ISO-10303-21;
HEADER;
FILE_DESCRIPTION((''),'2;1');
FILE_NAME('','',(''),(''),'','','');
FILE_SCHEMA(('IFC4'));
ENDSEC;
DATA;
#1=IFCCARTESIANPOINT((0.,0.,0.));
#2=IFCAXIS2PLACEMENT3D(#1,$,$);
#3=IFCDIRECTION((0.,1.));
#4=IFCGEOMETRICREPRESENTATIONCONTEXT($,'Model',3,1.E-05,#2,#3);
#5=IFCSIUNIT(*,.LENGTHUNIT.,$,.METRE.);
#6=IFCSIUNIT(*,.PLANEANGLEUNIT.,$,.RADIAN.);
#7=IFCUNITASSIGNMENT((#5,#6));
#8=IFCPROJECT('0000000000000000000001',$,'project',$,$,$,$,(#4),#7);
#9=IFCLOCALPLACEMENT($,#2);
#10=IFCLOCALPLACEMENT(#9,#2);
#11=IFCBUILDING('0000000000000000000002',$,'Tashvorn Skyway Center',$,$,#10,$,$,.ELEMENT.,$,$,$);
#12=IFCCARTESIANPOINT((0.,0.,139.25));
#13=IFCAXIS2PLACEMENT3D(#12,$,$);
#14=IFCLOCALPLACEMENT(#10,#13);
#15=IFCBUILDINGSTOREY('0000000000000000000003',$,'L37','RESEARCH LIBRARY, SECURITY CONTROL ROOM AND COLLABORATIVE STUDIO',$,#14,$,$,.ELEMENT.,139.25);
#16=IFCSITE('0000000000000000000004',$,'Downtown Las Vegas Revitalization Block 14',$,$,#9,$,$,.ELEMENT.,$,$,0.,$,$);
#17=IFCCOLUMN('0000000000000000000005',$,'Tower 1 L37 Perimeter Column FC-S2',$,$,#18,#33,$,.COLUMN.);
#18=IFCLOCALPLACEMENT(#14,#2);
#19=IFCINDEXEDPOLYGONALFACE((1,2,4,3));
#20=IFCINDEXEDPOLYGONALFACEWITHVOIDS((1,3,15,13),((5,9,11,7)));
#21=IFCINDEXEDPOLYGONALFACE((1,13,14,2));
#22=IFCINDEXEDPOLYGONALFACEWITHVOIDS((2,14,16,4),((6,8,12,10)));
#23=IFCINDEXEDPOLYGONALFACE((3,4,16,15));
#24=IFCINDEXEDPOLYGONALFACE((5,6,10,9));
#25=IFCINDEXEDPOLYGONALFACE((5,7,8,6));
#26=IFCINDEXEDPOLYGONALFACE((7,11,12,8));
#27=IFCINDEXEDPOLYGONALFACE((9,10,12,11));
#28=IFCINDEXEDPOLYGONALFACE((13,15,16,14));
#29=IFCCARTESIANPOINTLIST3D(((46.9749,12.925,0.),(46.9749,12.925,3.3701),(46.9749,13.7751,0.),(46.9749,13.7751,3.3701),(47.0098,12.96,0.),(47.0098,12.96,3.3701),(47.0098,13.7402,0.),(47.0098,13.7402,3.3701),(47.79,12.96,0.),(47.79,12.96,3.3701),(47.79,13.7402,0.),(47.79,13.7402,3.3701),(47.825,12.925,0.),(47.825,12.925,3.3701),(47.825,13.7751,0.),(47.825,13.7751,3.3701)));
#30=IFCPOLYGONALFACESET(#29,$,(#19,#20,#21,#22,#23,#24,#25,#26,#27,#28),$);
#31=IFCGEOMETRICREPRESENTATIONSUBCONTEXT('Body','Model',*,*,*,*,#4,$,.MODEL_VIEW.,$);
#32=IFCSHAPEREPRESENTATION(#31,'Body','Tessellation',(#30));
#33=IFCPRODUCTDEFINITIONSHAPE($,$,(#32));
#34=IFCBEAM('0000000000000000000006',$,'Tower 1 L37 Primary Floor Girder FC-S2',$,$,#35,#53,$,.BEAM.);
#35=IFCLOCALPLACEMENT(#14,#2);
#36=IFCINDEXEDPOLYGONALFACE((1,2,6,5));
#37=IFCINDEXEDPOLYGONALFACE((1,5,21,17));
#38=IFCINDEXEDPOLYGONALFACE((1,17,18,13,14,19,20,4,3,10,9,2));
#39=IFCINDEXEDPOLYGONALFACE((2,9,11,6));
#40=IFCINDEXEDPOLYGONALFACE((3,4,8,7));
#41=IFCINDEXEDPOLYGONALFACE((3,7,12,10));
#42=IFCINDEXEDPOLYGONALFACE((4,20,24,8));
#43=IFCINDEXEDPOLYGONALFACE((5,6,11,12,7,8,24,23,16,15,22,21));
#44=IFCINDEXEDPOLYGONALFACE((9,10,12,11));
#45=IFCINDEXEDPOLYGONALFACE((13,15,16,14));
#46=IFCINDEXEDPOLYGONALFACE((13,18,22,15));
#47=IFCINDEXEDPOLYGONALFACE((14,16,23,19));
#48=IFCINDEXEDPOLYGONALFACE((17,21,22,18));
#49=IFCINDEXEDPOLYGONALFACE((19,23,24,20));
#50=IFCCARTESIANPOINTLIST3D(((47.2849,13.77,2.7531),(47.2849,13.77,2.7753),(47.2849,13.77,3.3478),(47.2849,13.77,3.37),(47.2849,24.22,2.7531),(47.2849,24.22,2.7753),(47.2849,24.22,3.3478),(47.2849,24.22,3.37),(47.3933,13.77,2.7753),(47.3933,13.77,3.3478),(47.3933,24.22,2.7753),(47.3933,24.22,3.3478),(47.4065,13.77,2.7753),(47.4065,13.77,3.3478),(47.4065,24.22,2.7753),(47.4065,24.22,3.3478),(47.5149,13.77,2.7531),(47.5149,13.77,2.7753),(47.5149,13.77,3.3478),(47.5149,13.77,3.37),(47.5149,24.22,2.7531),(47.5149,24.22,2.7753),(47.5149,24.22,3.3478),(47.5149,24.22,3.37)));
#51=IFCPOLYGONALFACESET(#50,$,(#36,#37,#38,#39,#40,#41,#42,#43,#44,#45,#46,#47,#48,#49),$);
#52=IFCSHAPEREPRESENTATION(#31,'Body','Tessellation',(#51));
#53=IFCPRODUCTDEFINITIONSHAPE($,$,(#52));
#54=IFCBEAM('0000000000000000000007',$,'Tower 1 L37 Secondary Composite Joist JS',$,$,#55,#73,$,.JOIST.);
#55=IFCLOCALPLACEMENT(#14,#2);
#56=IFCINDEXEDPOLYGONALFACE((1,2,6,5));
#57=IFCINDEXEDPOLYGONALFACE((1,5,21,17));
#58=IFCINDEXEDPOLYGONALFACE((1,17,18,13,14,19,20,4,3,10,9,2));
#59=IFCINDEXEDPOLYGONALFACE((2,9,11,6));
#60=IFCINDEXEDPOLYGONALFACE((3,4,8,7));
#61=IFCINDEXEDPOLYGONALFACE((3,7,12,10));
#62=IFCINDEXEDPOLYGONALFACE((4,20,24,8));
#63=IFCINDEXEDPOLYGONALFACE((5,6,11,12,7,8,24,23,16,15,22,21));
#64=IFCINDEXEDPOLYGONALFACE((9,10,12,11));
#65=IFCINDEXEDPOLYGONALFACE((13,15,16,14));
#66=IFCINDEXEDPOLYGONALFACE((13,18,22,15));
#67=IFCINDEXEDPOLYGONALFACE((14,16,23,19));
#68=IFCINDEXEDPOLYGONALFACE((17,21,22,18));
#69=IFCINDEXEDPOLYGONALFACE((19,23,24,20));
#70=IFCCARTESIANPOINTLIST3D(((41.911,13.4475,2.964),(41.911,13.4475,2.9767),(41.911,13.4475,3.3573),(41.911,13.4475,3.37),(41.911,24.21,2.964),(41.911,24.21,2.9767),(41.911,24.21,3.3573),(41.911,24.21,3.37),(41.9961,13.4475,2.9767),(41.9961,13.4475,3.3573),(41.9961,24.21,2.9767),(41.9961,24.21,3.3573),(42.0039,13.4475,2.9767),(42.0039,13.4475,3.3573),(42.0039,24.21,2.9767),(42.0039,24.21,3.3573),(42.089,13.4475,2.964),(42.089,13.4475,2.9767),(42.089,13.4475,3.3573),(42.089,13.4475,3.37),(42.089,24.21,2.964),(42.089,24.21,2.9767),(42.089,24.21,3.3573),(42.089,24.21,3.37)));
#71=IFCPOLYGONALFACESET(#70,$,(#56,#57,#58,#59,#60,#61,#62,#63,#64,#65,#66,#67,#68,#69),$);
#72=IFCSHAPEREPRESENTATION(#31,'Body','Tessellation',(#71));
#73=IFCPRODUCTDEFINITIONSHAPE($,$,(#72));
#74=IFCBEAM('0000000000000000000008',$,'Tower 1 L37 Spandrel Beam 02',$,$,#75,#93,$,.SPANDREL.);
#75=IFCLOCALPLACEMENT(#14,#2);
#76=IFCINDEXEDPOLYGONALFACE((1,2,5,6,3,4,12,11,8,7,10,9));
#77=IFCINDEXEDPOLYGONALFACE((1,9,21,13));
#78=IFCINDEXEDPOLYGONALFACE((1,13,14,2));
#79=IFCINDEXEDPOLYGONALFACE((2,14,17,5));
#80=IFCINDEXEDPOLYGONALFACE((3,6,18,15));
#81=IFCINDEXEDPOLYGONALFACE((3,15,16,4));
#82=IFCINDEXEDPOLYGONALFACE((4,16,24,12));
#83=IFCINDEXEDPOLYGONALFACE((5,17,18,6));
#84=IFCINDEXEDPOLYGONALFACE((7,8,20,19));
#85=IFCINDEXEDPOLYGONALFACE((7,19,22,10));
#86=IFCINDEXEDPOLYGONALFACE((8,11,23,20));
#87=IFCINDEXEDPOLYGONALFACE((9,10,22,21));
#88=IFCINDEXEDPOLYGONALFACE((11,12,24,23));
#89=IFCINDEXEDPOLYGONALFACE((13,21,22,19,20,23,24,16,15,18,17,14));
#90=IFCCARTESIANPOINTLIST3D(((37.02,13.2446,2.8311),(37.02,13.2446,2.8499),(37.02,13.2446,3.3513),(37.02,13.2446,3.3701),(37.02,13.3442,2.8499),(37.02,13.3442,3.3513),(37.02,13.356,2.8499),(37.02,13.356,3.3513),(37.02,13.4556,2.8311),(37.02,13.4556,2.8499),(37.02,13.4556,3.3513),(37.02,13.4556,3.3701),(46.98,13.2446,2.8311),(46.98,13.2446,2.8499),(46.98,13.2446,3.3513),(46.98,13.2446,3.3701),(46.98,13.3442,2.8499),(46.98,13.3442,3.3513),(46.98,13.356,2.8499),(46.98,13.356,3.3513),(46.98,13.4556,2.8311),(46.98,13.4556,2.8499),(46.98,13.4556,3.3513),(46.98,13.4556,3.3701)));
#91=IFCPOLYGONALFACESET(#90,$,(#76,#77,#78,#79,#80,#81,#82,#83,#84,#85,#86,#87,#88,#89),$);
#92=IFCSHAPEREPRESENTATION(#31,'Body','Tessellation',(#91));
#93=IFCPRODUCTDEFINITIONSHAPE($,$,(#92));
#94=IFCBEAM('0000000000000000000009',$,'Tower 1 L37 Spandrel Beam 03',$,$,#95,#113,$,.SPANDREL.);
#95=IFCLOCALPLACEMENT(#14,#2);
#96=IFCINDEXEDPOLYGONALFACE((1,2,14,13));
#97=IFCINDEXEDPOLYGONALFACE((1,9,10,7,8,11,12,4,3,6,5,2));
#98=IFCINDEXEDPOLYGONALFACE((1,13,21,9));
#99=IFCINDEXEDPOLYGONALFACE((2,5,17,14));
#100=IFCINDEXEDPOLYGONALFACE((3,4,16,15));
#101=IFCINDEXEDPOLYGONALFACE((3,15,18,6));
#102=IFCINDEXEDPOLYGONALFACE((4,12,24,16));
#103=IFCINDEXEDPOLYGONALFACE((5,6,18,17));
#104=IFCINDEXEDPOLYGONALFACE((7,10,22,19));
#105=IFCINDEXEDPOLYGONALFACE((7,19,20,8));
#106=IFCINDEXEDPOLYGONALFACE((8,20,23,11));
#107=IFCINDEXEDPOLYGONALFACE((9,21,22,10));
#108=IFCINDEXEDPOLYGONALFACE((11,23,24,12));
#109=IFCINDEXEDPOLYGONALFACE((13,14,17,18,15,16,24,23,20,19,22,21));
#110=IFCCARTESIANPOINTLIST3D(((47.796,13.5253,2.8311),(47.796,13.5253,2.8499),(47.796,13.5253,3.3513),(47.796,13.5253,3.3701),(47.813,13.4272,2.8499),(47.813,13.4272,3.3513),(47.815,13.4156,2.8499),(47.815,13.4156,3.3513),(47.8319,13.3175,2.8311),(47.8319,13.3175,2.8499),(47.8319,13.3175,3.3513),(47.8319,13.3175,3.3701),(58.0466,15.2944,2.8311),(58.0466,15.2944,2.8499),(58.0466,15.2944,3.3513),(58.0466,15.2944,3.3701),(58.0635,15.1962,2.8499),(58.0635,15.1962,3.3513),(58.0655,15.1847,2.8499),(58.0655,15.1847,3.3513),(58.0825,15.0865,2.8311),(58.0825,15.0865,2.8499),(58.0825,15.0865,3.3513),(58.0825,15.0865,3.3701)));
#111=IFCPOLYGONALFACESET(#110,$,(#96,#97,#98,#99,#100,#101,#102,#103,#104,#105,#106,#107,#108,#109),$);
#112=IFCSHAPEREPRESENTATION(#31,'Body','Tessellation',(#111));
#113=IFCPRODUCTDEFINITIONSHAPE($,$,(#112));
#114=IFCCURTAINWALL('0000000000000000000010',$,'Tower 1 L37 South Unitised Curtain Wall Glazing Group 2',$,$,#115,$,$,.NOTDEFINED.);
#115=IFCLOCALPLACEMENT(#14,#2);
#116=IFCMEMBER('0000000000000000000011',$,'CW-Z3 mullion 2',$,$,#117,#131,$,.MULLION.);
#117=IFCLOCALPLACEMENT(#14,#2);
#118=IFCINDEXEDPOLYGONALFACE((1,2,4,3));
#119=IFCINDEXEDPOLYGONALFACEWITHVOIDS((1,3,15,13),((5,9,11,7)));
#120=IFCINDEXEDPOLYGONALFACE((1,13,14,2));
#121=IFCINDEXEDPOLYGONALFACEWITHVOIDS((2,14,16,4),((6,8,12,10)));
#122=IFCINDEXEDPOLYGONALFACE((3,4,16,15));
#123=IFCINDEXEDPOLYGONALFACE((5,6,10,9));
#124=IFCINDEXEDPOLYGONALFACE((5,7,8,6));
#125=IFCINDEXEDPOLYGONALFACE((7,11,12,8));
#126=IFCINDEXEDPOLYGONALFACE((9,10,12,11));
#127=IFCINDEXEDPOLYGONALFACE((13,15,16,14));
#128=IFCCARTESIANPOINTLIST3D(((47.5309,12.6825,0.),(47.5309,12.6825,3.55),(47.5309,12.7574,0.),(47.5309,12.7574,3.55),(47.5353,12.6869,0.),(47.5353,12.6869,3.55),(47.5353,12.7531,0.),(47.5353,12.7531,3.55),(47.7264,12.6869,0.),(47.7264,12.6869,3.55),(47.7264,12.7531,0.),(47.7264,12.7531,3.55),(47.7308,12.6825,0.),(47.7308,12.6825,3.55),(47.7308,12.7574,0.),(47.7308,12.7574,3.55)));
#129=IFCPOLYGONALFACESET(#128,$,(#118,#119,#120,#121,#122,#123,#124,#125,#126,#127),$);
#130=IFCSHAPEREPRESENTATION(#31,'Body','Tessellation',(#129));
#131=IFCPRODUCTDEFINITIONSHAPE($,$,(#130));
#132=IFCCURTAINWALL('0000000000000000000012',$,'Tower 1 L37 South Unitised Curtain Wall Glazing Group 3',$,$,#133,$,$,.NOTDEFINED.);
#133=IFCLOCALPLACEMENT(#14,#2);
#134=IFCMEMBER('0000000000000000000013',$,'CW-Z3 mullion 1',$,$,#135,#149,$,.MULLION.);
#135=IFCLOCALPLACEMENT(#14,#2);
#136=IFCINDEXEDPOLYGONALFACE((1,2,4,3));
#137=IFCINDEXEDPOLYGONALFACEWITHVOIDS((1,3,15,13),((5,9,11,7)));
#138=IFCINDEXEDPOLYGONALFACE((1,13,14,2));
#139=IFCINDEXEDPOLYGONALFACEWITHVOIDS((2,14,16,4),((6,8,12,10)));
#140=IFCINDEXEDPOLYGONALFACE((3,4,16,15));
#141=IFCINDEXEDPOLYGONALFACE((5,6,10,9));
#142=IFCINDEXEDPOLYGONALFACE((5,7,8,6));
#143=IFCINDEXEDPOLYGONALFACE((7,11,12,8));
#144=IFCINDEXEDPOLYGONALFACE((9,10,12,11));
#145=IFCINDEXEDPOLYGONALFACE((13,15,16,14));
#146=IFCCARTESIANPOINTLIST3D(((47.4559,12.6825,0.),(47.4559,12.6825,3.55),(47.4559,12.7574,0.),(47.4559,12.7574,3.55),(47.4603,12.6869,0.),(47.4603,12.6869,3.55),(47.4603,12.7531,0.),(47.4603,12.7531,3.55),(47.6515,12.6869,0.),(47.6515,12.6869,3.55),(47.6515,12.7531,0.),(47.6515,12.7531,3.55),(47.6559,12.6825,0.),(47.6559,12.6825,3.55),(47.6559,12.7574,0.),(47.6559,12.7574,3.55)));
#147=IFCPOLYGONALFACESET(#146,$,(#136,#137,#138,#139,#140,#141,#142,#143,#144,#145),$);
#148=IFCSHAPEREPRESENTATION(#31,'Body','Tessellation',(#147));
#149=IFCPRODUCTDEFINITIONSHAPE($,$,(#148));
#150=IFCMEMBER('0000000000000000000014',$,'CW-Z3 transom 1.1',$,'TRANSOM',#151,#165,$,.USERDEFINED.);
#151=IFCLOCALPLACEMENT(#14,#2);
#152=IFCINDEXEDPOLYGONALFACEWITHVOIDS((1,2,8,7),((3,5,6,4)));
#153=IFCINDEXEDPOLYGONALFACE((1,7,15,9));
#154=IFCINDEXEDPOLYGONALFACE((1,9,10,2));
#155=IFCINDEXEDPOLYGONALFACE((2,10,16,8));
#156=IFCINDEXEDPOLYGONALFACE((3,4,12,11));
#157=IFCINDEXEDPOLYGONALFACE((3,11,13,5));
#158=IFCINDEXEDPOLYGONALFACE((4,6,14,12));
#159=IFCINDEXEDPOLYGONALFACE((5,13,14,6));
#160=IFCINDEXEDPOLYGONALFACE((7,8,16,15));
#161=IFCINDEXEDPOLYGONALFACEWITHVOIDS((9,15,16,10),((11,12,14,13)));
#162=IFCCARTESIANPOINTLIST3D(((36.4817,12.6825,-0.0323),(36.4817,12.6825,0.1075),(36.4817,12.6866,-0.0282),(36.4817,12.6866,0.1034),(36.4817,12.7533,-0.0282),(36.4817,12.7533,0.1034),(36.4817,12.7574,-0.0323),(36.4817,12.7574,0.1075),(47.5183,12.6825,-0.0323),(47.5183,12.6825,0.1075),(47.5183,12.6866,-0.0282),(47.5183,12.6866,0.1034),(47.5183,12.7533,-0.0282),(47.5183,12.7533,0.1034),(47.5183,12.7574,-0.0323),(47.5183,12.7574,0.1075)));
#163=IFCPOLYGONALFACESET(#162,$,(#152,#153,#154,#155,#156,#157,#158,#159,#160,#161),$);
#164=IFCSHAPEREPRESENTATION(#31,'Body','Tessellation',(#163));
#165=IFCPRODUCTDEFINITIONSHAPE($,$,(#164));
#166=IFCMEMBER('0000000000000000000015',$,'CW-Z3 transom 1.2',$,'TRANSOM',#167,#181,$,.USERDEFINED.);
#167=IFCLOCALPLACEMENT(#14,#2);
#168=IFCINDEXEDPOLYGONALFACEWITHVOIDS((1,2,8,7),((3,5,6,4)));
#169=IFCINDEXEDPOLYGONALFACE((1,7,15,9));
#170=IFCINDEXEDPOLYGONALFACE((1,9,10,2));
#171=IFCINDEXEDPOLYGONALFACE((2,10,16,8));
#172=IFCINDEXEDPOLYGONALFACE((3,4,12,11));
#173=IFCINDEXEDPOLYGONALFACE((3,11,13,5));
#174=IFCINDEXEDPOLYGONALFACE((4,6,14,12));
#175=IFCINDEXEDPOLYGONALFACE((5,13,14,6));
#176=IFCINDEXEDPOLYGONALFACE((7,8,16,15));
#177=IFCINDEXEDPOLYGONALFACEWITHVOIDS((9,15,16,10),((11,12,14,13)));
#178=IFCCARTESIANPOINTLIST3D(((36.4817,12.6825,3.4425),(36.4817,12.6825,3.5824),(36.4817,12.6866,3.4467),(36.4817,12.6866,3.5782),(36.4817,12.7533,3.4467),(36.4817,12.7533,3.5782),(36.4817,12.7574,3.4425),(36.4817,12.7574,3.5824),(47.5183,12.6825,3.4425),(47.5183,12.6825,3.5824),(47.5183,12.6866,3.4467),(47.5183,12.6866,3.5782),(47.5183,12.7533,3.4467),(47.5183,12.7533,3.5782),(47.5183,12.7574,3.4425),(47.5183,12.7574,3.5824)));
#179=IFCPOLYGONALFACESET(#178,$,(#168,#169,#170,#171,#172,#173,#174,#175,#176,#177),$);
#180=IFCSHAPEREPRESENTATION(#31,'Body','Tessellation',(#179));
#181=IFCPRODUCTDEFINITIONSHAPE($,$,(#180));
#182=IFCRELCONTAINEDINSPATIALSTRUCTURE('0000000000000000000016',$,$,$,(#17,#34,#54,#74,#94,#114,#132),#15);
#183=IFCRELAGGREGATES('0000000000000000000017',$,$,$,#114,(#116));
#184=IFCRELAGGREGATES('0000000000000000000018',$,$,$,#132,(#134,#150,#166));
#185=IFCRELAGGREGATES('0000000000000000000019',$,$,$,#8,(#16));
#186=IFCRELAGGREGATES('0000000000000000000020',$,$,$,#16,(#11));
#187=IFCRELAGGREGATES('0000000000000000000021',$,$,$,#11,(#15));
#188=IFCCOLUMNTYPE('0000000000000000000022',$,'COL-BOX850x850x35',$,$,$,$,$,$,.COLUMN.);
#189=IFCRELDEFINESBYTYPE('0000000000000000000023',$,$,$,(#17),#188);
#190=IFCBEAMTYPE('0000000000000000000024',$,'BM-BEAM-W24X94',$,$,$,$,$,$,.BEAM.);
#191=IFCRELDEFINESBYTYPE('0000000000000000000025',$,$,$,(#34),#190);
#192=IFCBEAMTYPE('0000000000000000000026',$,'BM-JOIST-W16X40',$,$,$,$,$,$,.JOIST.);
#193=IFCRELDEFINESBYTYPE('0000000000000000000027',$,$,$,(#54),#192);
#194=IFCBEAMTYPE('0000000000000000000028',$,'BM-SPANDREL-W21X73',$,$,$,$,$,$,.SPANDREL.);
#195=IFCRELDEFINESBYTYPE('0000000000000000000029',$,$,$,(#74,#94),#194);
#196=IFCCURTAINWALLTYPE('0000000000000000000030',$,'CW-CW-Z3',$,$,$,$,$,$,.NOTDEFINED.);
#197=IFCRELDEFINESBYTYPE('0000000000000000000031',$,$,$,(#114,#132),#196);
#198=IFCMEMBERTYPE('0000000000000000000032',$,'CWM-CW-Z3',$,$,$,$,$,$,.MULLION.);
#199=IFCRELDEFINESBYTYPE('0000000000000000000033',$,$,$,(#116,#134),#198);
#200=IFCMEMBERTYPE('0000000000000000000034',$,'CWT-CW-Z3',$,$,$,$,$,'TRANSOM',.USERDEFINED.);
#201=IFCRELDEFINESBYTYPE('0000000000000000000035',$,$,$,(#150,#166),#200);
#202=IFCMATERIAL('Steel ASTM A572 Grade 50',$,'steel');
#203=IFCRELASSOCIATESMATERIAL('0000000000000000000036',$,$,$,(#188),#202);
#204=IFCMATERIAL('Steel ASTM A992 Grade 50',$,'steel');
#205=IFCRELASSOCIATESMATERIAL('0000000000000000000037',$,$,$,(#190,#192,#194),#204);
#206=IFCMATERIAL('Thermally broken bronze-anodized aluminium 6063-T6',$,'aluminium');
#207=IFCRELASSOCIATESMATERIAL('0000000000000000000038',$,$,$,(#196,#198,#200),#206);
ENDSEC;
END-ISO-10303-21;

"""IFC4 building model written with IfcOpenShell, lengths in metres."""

from ifc_helpers import new_model, si_unit, direction, frame, origin, origin_2d, place, context, subcontext, project, spatial, hollow_rectangle, i_section, extrude, material, material_profile, profile_set, type_object, element, aggregate, save


model = new_model("IFC4")

# Units and contexts
model_context = context("Model", 3, precision=1e-05, world=origin(), true_north=direction((0.0, 1.0)))
body_context = subcontext(model_context, "Body", "Model", "MODEL_VIEW")
ifc_project = project(units=[si_unit("LENGTHUNIT", "METRE"), si_unit("PLANEANGLEUNIT", "RADIAN")], contexts=[model_context])

# Site, building, storey
site_placement = place(None, origin())
site = spatial("IfcSite", under=ifc_project, at=site_placement, Name="Downtown Las Vegas Revitalization Block 14", CompositionType="ELEMENT", RefElevation=0.0)
building_placement = place(site_placement, origin())
building = spatial("IfcBuilding", under=site, at=building_placement, Name="Tashvorn Skyway Center", CompositionType="ELEMENT")
storey_placement = place(building_placement, frame((0.0, 0.0, 139.25)))
storey = spatial("IfcBuildingStorey", under=building, at=storey_placement, Name="L37", Description="RESEARCH LIBRARY, SECURITY CONTROL ROOM AND COLLABORATIVE STUDIO", CompositionType="ELEMENT", Elevation=139.25)

# Column
ifc_material_1 = material(Name="Steel ASTM A572 Grade 50", Category="steel")
ifc_material_profile_1 = material_profile(ifc_material_1, hollow_rectangle(XDim=0.8501, YDim=0.8501, WallThickness=0.0349, at=origin_2d()), Name="BOX850x850x35")
ifc_profile_set_1 = profile_set([ifc_material_profile_1], Name="Steel ASTM A572 Grade 50")
column_type = type_object("IfcColumnType", Name="COL-BOX850x850x35", PredefinedType="COLUMN", material=ifc_profile_set_1)
column_placement = place(storey_placement, frame((47.3999, 13.3501, 0.0), z_axis=(0.0, 0.0, 1.0), x_axis=(1.0, 0.0, 0.0)))
element("IfcColumn", 1, at=column_placement, inside=storey, type_object=column_type, Name="Tower 1 L37 Perimeter Column FC-S2", PredefinedType="COLUMN", context=body_context, shape_type="SweptSolid", body=[
    extrude(hollow_rectangle(XDim=0.8501, YDim=0.8501, WallThickness=0.0349, at=origin_2d()), origin(), (0.0, 0.0, 1.0), 3.3701),
])

# Beams
ifc_material_2 = material(Name="Steel ASTM A992 Grade 50", Category="steel")
ifc_material_profile_2 = material_profile(ifc_material_2, i_section(OverallWidth=0.23, OverallDepth=0.6169, WebThickness=0.0132, FlangeThickness=0.0222, at=origin_2d()), Name="W24X94")
ifc_profile_set_2 = profile_set([ifc_material_profile_2], Name="Steel ASTM A992 Grade 50")
beam_type_1 = type_object("IfcBeamType", Name="BM-BEAM-W24X94", PredefinedType="BEAM", material=ifc_profile_set_2)
beam_1_placement = place(storey_placement, frame((47.3999, 13.77, 3.0615), z_axis=(0.0, 1.0, 0.0), x_axis=(-1.0, 0.0, 0.0)))
element("IfcBeam", 2, at=beam_1_placement, inside=storey, type_object=beam_type_1, Name="Tower 1 L37 Primary Floor Girder FC-S2", PredefinedType="BEAM", context=body_context, shape_type="SweptSolid", body=[
    extrude(i_section(OverallWidth=0.23, OverallDepth=0.6169, WebThickness=0.0132, FlangeThickness=0.0222, at=origin_2d()), origin(), (0.0, 0.0, 1.0), 10.45),
])
ifc_material_profile_3 = material_profile(ifc_material_2, i_section(OverallWidth=0.178, OverallDepth=0.406, WebThickness=0.0078, FlangeThickness=0.0127, at=origin_2d()), Name="W16X40")
ifc_profile_set_3 = profile_set([ifc_material_profile_3], Name="Steel ASTM A992 Grade 50")
beam_type_2 = type_object("IfcBeamType", Name="BM-JOIST-W16X40", PredefinedType="JOIST", material=ifc_profile_set_3)
beam_2_placement = place(storey_placement, frame((42.0, 24.21, 3.167), z_axis=(0.0, -1.0, 0.0), x_axis=(1.0, 0.0, 0.0)))
element("IfcBeam", 3, at=beam_2_placement, inside=storey, type_object=beam_type_2, Name="Tower 1 L37 Secondary Composite Joist JS", PredefinedType="JOIST", context=body_context, shape_type="SweptSolid", body=[
    extrude(i_section(OverallWidth=0.178, OverallDepth=0.406, WebThickness=0.0078, FlangeThickness=0.0127, at=origin_2d()), origin(), (0.0, 0.0, 1.0), 10.7625),
])
ifc_material_profile_4 = material_profile(ifc_material_2, i_section(OverallWidth=0.2109, OverallDepth=0.5391, WebThickness=0.0117, FlangeThickness=0.0188, at=origin_2d()), Name="W21X73")
ifc_profile_set_4 = profile_set([ifc_material_profile_4], Name="Steel ASTM A992 Grade 50")
beam_type_3 = type_object("IfcBeamType", Name="BM-SPANDREL-W21X73", PredefinedType="SPANDREL", material=ifc_profile_set_4)
beam_3_placement = place(storey_placement, frame((37.02, 13.3501, 3.1006), z_axis=(1.0, 0.0, 0.0), x_axis=(0.0, 1.0, 0.0)))
element("IfcBeam", 4, at=beam_3_placement, inside=storey, type_object=beam_type_3, Name="Tower 1 L37 Spandrel Beam 02", PredefinedType="SPANDREL", context=body_context, shape_type="SweptSolid", body=[
    extrude(i_section(OverallWidth=0.2109, OverallDepth=0.5391, WebThickness=0.0117, FlangeThickness=0.0188, at=origin_2d()), origin(), (0.0, 0.0, 1.0), 9.96),
])
beam_4_placement = place(storey_placement, frame((47.814, 13.4214, 3.1006), z_axis=(0.985432, 0.170067, 0.0), x_axis=(-0.170067, 0.985432, 0.0)))
element("IfcBeam", 5, at=beam_4_placement, inside=storey, type_object=beam_type_3, Name="Tower 1 L37 Spandrel Beam 03", PredefinedType="SPANDREL", context=body_context, shape_type="SweptSolid", body=[
    extrude(i_section(OverallWidth=0.2109, OverallDepth=0.5391, WebThickness=0.0117, FlangeThickness=0.0188, at=origin_2d()), origin(), (0.0, 0.0, 1.0), 10.4021),
])

# Curtain wall, member
ifc_material_3 = material(Name="Thermally broken bronze-anodized aluminium 6063-T6", Category="aluminium")
curtain_wall_type = type_object("IfcCurtainWallType", Name="CW-CW-Z3", PredefinedType="NOTDEFINED", material=ifc_material_3)
curtain_wall_1_placement = place(storey_placement, origin())
curtain_wall_1 = element("IfcCurtainWall", 6, at=curtain_wall_1_placement, inside=storey, type_object=curtain_wall_type, Name="Tower 1 L37 South Unitised Curtain Wall Glazing Group 2", PredefinedType="NOTDEFINED")
ifc_material_profile_5 = material_profile(ifc_material_3, hollow_rectangle(XDim=0.075, YDim=0.2, WallThickness=0.0044, at=origin_2d()), Name="ALU-MULL-75x200")
ifc_profile_set_5 = profile_set([ifc_material_profile_5], Name="Thermally broken bronze-anodized aluminium 6063-T6")
member_type_1 = type_object("IfcMemberType", Name="CWM-CW-Z3", PredefinedType="MULLION", material=ifc_profile_set_5)
member_1_placement = place(storey_placement, frame((47.6309, 12.72, 0.0), z_axis=(0.0, 0.0, 1.0), x_axis=(0.0, -1.0, 0.0)))
member_1 = element("IfcMember", 7, at=member_1_placement, type_object=member_type_1, Name="CW-Z3 mullion 2", PredefinedType="MULLION", context=body_context, shape_type="SweptSolid", body=[
    extrude(hollow_rectangle(XDim=0.075, YDim=0.2, WallThickness=0.0044, at=origin_2d()), origin(), (0.0, 0.0, 1.0), 3.55),
])
aggregate(curtain_wall_1, [member_1])

# Curtain wall, members
curtain_wall_2_placement = place(storey_placement, origin())
curtain_wall_2 = element("IfcCurtainWall", 8, at=curtain_wall_2_placement, inside=storey, type_object=curtain_wall_type, Name="Tower 1 L37 South Unitised Curtain Wall Glazing Group 3", PredefinedType="NOTDEFINED")
member_2_placement = place(storey_placement, frame((47.5559, 12.72, 0.0), z_axis=(0.0, 0.0, 1.0), x_axis=(0.0, -1.0, 0.0)))
member_2 = element("IfcMember", 9, at=member_2_placement, type_object=member_type_1, Name="CW-Z3 mullion 1", PredefinedType="MULLION", context=body_context, shape_type="SweptSolid", body=[
    extrude(hollow_rectangle(XDim=0.075, YDim=0.2, WallThickness=0.0044, at=origin_2d()), origin(), (0.0, 0.0, 1.0), 3.55),
])
ifc_material_profile_6 = material_profile(ifc_material_3, hollow_rectangle(XDim=0.075, YDim=0.1399, WallThickness=0.0042, at=origin_2d()), Name="ALU-TRAN-75x140")
ifc_profile_set_6 = profile_set([ifc_material_profile_6], Name="Thermally broken bronze-anodized aluminium 6063-T6")
member_type_2 = type_object("IfcMemberType", Name="CWT-CW-Z3", ElementType="TRANSOM", PredefinedType="USERDEFINED", material=ifc_profile_set_6)
member_3_placement = place(storey_placement, frame((47.5183, 12.72, 0.0376), z_axis=(-1.0, 0.0, 0.0), x_axis=(0.0, -1.0, 0.0)))
member_3 = element("IfcMember", 10, at=member_3_placement, type_object=member_type_2, Name="CW-Z3 transom 1.1", ObjectType="TRANSOM", PredefinedType="USERDEFINED", context=body_context, shape_type="SweptSolid", body=[
    extrude(hollow_rectangle(XDim=0.075, YDim=0.1399, WallThickness=0.0042, at=origin_2d()), origin(), (0.0, 0.0, 1.0), 11.0366),
])
member_4_placement = place(storey_placement, frame((47.5183, 12.72, 3.5125), z_axis=(-1.0, 0.0, 0.0), x_axis=(0.0, -1.0, 0.0)))
member_4 = element("IfcMember", 11, at=member_4_placement, type_object=member_type_2, Name="CW-Z3 transom 1.2", ObjectType="TRANSOM", PredefinedType="USERDEFINED", context=body_context, shape_type="SweptSolid", body=[
    extrude(hollow_rectangle(XDim=0.075, YDim=0.1399, WallThickness=0.0042, at=origin_2d()), origin(), (0.0, 0.0, 1.0), 11.0366),
])
aggregate(curtain_wall_2, [member_2, member_3, member_4])

save(model, "model.ifc")
